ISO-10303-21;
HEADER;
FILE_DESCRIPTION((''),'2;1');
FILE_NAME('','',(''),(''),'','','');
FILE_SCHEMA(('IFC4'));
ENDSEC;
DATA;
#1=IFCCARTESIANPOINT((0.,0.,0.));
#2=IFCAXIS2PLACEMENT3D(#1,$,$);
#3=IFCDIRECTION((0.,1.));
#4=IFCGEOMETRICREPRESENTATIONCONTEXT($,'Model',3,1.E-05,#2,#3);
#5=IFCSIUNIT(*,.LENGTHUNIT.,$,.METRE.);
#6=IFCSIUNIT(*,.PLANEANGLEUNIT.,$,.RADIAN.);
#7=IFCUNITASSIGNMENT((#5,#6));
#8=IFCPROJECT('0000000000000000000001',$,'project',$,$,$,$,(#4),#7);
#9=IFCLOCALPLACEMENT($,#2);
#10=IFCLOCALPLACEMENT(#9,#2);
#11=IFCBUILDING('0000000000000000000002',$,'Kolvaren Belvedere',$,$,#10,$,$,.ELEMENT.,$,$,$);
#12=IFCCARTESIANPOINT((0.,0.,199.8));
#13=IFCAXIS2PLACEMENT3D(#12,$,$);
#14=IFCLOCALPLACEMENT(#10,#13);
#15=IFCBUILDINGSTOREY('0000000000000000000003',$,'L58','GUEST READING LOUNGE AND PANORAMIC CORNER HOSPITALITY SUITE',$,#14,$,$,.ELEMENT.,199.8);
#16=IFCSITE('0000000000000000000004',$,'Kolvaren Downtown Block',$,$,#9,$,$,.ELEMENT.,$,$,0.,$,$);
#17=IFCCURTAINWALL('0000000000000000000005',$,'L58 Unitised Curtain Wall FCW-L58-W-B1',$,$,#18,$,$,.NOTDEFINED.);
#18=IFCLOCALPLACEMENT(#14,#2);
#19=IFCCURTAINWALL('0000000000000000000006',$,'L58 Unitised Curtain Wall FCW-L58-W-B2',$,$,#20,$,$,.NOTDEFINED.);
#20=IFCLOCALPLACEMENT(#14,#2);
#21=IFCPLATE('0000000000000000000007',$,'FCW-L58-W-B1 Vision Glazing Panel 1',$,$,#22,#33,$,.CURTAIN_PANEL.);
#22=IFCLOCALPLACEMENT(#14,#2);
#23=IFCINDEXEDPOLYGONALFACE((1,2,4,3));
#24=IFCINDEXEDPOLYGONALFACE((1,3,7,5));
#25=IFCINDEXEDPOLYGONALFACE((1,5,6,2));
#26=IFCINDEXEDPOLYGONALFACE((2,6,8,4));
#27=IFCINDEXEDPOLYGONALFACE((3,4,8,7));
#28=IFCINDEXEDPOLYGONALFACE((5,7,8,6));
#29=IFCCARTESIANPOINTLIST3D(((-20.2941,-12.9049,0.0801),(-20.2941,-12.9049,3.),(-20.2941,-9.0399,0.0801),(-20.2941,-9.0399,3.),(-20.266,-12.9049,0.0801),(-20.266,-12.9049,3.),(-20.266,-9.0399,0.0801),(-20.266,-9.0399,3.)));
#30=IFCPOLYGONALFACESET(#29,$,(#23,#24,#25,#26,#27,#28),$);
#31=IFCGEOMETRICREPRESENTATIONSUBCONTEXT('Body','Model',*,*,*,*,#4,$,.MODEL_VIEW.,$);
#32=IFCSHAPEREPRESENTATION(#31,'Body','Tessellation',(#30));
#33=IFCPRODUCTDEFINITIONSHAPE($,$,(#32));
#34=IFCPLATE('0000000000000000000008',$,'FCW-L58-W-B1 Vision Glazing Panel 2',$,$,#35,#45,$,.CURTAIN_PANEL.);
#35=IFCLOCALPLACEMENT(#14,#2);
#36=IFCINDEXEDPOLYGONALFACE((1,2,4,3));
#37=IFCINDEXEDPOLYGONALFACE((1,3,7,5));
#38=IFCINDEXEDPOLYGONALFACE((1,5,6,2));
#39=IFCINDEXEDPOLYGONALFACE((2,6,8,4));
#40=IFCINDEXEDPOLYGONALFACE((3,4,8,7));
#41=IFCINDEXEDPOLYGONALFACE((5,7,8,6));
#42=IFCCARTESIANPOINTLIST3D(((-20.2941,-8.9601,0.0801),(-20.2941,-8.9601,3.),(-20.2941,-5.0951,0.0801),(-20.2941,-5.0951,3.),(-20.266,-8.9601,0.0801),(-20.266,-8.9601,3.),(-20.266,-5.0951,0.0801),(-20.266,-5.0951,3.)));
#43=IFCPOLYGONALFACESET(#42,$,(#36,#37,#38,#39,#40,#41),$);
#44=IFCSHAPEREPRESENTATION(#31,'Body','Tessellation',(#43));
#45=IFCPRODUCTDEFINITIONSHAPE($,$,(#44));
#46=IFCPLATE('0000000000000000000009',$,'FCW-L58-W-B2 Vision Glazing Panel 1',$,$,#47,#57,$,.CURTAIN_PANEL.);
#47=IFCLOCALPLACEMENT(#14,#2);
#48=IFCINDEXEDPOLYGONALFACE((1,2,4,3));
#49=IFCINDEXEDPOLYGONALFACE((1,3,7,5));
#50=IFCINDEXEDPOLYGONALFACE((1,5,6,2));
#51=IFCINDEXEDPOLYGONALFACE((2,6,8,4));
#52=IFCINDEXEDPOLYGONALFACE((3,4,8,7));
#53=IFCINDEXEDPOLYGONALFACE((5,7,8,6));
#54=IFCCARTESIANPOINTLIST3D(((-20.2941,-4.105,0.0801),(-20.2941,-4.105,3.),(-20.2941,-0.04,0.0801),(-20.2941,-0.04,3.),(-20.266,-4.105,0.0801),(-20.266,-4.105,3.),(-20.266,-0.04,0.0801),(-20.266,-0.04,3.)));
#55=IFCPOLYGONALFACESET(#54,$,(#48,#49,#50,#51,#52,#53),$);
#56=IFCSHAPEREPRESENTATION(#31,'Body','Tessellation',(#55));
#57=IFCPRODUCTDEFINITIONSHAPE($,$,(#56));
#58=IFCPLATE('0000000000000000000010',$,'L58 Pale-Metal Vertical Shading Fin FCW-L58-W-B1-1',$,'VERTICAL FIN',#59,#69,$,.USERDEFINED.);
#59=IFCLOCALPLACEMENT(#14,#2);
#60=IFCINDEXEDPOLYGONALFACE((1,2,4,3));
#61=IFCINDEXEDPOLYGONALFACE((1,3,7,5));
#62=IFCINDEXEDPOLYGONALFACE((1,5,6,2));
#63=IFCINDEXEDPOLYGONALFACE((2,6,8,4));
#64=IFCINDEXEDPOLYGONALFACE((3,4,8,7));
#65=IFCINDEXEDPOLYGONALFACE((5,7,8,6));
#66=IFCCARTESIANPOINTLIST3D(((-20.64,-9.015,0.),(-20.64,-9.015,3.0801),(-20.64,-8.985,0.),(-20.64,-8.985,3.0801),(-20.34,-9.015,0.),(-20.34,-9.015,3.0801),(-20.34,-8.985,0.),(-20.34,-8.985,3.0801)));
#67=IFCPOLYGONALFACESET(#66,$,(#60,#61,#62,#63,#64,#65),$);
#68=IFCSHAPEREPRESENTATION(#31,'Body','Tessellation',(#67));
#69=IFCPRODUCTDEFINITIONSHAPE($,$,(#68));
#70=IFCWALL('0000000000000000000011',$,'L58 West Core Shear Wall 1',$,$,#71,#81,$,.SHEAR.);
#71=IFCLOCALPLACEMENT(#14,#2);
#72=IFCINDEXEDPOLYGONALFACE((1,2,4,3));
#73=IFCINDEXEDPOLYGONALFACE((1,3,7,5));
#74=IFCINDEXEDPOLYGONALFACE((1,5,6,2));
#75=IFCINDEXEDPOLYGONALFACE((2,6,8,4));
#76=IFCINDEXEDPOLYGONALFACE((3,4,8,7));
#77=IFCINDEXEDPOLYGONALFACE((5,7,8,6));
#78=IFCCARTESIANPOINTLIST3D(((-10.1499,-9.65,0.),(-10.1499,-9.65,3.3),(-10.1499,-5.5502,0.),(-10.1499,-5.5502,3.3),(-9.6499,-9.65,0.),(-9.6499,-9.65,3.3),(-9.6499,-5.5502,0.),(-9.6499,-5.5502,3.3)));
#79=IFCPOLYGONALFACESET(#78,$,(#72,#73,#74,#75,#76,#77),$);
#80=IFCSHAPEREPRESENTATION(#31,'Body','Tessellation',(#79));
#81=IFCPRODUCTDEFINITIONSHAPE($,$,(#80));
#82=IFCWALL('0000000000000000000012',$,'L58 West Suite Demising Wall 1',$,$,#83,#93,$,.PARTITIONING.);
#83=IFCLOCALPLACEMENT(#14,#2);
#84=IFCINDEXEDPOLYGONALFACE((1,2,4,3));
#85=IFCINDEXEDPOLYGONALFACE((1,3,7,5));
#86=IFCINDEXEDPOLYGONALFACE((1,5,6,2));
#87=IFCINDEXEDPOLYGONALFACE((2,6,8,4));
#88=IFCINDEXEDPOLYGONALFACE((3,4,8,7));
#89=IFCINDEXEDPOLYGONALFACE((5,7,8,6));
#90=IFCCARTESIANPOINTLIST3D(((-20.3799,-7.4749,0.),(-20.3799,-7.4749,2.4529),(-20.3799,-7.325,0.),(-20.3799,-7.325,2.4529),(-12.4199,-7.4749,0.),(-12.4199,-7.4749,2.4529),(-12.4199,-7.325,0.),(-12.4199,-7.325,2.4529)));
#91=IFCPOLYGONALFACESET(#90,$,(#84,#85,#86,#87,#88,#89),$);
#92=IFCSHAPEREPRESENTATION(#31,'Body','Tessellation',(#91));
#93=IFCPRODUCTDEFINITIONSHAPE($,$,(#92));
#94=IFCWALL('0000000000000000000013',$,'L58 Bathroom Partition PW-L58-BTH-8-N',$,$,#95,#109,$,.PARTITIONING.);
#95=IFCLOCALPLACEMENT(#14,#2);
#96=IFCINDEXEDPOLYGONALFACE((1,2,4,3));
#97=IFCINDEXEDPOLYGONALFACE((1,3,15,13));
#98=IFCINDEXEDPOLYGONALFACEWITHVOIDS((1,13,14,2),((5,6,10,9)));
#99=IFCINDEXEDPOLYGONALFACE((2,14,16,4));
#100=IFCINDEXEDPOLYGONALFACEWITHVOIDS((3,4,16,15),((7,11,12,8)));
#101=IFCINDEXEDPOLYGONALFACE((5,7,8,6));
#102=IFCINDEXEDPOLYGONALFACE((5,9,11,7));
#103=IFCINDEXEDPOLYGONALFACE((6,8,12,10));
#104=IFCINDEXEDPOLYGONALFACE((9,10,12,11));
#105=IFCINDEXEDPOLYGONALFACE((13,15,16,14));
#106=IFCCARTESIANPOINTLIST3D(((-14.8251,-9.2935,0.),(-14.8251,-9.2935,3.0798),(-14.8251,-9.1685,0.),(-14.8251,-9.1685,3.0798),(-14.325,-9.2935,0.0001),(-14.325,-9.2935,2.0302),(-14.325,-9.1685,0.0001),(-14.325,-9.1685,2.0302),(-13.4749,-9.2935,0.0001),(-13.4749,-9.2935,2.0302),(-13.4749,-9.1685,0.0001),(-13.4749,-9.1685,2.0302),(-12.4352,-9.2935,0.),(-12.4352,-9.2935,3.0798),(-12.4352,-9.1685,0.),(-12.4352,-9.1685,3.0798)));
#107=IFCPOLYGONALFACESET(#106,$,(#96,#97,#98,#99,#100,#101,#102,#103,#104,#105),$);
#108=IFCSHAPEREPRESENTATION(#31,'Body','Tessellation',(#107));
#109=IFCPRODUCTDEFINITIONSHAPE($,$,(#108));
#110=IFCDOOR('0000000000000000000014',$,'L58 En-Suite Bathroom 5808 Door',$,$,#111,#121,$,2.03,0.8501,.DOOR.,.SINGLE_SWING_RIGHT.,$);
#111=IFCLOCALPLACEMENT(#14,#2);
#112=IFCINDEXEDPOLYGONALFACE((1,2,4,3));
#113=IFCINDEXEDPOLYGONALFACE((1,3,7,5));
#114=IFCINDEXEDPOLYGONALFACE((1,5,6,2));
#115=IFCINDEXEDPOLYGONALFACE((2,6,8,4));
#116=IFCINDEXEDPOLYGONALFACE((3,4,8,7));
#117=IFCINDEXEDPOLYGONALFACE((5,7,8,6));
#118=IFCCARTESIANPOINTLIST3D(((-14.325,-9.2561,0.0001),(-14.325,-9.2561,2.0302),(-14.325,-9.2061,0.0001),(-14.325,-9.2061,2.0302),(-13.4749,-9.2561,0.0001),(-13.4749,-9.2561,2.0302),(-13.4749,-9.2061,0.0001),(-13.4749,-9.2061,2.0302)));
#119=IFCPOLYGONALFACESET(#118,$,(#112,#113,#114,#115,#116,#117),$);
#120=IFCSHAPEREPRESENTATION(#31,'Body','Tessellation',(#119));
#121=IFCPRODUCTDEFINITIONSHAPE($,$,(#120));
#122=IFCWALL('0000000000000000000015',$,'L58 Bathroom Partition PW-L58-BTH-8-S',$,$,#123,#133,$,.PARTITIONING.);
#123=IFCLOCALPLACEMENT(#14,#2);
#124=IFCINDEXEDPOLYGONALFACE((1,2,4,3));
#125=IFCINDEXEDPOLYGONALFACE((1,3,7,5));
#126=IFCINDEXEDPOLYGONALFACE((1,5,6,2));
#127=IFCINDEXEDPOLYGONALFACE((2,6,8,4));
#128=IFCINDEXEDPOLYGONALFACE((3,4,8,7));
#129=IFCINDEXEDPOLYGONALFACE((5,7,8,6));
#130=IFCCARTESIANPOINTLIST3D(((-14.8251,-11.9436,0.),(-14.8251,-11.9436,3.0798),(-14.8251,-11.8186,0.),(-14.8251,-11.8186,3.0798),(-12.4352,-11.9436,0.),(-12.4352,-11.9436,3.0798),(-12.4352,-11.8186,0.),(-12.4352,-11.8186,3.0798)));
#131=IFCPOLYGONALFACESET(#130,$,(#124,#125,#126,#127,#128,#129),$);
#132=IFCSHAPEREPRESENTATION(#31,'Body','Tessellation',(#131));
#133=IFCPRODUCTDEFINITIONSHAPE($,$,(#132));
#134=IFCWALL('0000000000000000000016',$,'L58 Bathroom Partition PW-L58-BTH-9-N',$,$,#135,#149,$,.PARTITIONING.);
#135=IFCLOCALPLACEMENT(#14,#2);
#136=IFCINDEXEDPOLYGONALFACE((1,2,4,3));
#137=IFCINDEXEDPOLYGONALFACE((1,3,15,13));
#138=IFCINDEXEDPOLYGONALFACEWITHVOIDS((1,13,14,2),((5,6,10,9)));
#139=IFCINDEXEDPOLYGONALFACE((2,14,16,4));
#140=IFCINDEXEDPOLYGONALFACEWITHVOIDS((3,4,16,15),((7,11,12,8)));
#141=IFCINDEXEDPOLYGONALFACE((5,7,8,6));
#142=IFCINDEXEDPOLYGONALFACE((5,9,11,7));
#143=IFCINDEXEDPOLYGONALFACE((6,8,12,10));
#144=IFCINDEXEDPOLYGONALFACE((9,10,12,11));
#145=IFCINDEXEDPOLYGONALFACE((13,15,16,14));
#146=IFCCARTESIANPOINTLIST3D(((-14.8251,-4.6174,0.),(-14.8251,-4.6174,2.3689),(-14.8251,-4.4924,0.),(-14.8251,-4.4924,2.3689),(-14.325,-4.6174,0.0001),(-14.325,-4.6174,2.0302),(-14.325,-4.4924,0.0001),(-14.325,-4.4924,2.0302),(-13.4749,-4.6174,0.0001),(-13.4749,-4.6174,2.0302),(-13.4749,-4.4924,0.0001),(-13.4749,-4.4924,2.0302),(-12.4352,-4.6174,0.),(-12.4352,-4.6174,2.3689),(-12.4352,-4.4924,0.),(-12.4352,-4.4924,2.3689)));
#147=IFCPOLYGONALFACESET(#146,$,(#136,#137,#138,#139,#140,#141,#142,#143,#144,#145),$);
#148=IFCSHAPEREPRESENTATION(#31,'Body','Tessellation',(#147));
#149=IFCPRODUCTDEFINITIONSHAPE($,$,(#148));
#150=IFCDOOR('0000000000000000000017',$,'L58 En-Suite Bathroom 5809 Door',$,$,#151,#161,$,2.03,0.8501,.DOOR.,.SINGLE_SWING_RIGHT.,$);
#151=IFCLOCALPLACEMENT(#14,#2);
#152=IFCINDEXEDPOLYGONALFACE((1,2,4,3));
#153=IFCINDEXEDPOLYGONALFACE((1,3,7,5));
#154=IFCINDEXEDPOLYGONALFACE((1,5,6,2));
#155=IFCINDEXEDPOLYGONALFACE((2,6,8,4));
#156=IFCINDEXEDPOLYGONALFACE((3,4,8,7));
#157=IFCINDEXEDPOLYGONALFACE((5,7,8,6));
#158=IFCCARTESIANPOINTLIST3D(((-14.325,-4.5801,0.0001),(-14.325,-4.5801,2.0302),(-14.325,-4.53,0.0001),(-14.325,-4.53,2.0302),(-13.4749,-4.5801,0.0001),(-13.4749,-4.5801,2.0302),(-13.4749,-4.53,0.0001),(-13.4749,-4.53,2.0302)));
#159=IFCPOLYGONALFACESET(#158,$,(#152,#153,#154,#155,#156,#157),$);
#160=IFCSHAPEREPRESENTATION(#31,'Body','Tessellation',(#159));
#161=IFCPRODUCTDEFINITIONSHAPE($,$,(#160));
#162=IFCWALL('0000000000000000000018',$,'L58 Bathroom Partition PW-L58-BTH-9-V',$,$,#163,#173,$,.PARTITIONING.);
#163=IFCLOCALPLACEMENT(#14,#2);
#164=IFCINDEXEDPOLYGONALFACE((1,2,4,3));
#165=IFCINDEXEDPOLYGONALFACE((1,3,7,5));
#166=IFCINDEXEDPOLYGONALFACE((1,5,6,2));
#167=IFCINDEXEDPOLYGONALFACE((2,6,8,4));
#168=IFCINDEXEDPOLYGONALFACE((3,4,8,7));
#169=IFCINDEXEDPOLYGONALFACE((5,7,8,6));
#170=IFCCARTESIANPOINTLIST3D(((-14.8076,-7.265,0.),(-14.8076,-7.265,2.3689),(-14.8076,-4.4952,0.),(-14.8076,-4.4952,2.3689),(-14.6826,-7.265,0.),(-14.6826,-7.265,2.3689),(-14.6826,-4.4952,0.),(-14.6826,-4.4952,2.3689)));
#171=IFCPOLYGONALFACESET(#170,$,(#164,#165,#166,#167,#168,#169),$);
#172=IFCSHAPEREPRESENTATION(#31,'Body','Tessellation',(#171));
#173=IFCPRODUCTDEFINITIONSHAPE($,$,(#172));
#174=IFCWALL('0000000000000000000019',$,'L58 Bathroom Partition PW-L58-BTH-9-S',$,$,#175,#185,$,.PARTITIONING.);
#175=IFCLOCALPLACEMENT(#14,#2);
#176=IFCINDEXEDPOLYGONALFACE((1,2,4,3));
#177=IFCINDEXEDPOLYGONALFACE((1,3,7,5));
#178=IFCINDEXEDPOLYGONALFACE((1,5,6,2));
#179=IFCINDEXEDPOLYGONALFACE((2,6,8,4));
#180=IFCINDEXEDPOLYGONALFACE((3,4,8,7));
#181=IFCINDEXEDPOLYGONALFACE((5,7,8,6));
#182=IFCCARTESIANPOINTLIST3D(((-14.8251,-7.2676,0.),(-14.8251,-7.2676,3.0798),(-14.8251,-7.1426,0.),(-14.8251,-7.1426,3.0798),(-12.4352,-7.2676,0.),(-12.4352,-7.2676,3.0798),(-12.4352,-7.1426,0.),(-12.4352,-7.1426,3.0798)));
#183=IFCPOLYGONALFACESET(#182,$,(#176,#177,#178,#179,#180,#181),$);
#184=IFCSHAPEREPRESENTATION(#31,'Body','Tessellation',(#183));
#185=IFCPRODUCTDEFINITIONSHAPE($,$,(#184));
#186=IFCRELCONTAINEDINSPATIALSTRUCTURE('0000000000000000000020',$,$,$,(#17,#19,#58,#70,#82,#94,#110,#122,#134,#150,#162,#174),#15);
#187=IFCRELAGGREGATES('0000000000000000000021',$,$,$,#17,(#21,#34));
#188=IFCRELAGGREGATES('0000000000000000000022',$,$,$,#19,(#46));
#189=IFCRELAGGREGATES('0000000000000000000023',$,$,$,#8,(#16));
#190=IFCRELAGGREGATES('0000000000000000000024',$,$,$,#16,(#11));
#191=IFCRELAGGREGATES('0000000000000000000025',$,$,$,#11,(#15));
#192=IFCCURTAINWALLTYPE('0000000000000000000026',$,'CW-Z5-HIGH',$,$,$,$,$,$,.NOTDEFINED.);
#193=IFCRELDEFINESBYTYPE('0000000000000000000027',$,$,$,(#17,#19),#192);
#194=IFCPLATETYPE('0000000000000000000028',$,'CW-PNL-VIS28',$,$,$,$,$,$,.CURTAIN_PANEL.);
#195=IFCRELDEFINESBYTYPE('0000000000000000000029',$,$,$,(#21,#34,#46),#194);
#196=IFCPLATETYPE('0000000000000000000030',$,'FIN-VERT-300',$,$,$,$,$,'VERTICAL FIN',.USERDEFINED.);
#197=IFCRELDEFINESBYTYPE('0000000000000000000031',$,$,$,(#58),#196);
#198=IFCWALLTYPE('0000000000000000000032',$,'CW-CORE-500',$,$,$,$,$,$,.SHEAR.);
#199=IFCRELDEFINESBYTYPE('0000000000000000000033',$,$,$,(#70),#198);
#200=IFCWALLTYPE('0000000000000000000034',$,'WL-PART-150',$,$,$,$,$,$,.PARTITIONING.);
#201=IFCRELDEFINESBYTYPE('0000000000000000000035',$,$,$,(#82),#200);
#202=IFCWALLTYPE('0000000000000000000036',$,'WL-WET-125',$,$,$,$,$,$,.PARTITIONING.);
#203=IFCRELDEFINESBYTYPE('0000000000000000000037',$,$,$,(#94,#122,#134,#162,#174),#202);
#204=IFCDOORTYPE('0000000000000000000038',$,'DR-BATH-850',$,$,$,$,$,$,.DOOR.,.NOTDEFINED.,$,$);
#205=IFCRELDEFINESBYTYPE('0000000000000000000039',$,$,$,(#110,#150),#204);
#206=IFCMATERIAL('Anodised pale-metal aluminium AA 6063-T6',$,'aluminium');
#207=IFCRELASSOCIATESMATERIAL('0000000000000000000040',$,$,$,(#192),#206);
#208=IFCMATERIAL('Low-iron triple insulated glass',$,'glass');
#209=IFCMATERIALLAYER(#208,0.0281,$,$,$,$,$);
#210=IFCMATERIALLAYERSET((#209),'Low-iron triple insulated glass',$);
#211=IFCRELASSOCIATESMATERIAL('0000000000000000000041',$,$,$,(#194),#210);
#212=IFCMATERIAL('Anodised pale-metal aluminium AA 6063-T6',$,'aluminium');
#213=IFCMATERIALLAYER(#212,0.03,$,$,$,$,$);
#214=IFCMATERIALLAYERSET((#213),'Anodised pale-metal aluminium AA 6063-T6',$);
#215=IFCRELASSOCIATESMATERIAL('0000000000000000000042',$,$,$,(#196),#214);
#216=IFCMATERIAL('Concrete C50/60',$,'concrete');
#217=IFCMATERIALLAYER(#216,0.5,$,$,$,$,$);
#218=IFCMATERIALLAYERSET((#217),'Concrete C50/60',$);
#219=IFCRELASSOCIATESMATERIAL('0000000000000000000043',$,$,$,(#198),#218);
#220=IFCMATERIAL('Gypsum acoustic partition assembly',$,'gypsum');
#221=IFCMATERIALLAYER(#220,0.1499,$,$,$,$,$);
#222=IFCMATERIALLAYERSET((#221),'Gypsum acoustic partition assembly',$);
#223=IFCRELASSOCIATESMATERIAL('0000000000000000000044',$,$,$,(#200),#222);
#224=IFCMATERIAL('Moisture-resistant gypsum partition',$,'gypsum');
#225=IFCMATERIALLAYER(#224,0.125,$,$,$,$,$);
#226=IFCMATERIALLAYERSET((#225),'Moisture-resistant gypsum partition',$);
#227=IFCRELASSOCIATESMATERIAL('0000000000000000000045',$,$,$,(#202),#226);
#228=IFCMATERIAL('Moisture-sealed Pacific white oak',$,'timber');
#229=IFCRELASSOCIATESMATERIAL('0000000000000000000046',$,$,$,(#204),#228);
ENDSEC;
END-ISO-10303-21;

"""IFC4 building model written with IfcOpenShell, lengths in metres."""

from ifc_helpers import new_model, si_unit, direction, frame, frame_2d, origin, origin_2d, place, context, subcontext, project, spatial, rectangle, extrude, material, layer, layer_set, type_object, element, fill, aggregate, save


model = new_model("IFC4")

# Units and contexts
model_context = context("Model", 3, precision=1e-05, world=origin(), true_north=direction((0.0, 1.0)))
body_context = subcontext(model_context, "Body", "Model", "MODEL_VIEW")
ifc_project = project(units=[si_unit("LENGTHUNIT", "METRE"), si_unit("PLANEANGLEUNIT", "RADIAN")], contexts=[model_context])

# Site, building, storey
site_placement = place(None, origin())
site = spatial("IfcSite", under=ifc_project, at=site_placement, Name="Kolvaren Downtown Block", CompositionType="ELEMENT", RefElevation=0.0)
building_placement = place(site_placement, origin())
building = spatial("IfcBuilding", under=site, at=building_placement, Name="Kolvaren Belvedere", CompositionType="ELEMENT")
storey_placement = place(building_placement, frame((0.0, 0.0, 199.8)))
storey = spatial("IfcBuildingStorey", under=building, at=storey_placement, Name="L58", Description="GUEST READING LOUNGE AND PANORAMIC CORNER HOSPITALITY SUITE", CompositionType="ELEMENT", Elevation=199.8)

# Curtain walls
ifc_material_1 = material(Name="Anodised pale-metal aluminium AA 6063-T6", Category="aluminium")
curtain_wall_type = type_object("IfcCurtainWallType", Name="CW-Z5-HIGH", PredefinedType="NOTDEFINED", material=ifc_material_1)
curtain_wall_1_placement = place(storey_placement, origin())
curtain_wall_1 = element("IfcCurtainWall", 1, at=curtain_wall_1_placement, inside=storey, type_object=curtain_wall_type, Name="L58 Unitised Curtain Wall FCW-L58-W-B1", PredefinedType="NOTDEFINED")
curtain_wall_2_placement = place(storey_placement, origin())
curtain_wall_2 = element("IfcCurtainWall", 2, at=curtain_wall_2_placement, inside=storey, type_object=curtain_wall_type, Name="L58 Unitised Curtain Wall FCW-L58-W-B2", PredefinedType="NOTDEFINED")

# Plates
ifc_material_2 = material(Name="Low-iron triple insulated glass", Category="glass")
ifc_layer_1 = layer(ifc_material_2, 0.0281)
ifc_layer_set_1 = layer_set([ifc_layer_1], Name="Low-iron triple insulated glass")
plate_type_1 = type_object("IfcPlateType", Name="CW-PNL-VIS28", PredefinedType="CURTAIN_PANEL", material=ifc_layer_set_1)
plate_1_placement = place(storey_placement, frame((-20.28, -10.9724, 0.0801), z_axis=(0.0, 0.0, 1.0), x_axis=(0.0, 1.0, 0.0)))
plate_1 = element("IfcPlate", 3, at=plate_1_placement, type_object=plate_type_1, Name="FCW-L58-W-B1 Vision Glazing Panel 1", PredefinedType="CURTAIN_PANEL", context=body_context, shape_type="SweptSolid", body=[
    extrude(rectangle(XDim=3.865, YDim=0.0281, at=origin_2d()), origin(), (0.0, 0.0, 1.0), 2.9199),
])
plate_2_placement = place(storey_placement, frame((-20.28, -7.0276, 0.0801), z_axis=(0.0, 0.0, 1.0), x_axis=(0.0, 1.0, 0.0)))
plate_2 = element("IfcPlate", 4, at=plate_2_placement, type_object=plate_type_1, Name="FCW-L58-W-B1 Vision Glazing Panel 2", PredefinedType="CURTAIN_PANEL", context=body_context, shape_type="SweptSolid", body=[
    extrude(rectangle(XDim=3.865, YDim=0.0281, at=origin_2d()), origin(), (0.0, 0.0, 1.0), 2.9199),
])
aggregate(curtain_wall_1, [plate_1, plate_2])
plate_3_placement = place(storey_placement, frame((-20.28, -2.0725, 0.0801), z_axis=(0.0, 0.0, 1.0), x_axis=(0.0, 1.0, 0.0)))
plate_3 = element("IfcPlate", 5, at=plate_3_placement, type_object=plate_type_1, Name="FCW-L58-W-B2 Vision Glazing Panel 1", PredefinedType="CURTAIN_PANEL", context=body_context, shape_type="SweptSolid", body=[
    extrude(rectangle(XDim=4.0649, YDim=0.0281, at=origin_2d()), origin(), (0.0, 0.0, 1.0), 2.9199),
])
aggregate(curtain_wall_2, [plate_3])
ifc_material_3 = material(Name="Anodised pale-metal aluminium AA 6063-T6", Category="aluminium")
ifc_layer_2 = layer(ifc_material_3, 0.03)
ifc_layer_set_2 = layer_set([ifc_layer_2], Name="Anodised pale-metal aluminium AA 6063-T6")
plate_type_2 = type_object("IfcPlateType", Name="FIN-VERT-300", ElementType="VERTICAL FIN", PredefinedType="USERDEFINED", material=ifc_layer_set_2)
plate_4_placement = place(storey_placement, frame((-20.49, -9.0, 0.0), z_axis=(0.0, 0.0, 1.0), x_axis=(1.0, 0.0, 0.0)))
element("IfcPlate", 6, at=plate_4_placement, inside=storey, type_object=plate_type_2, Name="L58 Pale-Metal Vertical Shading Fin FCW-L58-W-B1-1", ObjectType="VERTICAL FIN", PredefinedType="USERDEFINED", context=body_context, shape_type="SweptSolid", body=[
    extrude(rectangle(XDim=0.3, YDim=0.03, at=origin_2d()), origin(), (0.0, 0.0, 1.0), 3.0801),
])

# Walls
ifc_material_4 = material(Name="Concrete C50/60", Category="concrete")
ifc_layer_3 = layer(ifc_material_4, 0.5)
ifc_layer_set_3 = layer_set([ifc_layer_3], Name="Concrete C50/60")
wall_type_1 = type_object("IfcWallType", Name="CW-CORE-500", PredefinedType="SHEAR", material=ifc_layer_set_3)
wall_1_placement = place(storey_placement, frame((-9.8999, -9.6499, 0.0), z_axis=(0.0, 0.0, 1.0), x_axis=(0.0, 1.0, 0.0)))
element("IfcWall", 7, at=wall_1_placement, inside=storey, type_object=wall_type_1, Name="L58 West Core Shear Wall 1", PredefinedType="SHEAR", context=body_context, shape_type="SweptSolid", body=[
    extrude(rectangle(XDim=4.0999, YDim=0.5, at=frame_2d((2.0498, 0.0))), origin(), (0.0, 0.0, 1.0), 3.3),
])
ifc_material_5 = material(Name="Gypsum acoustic partition assembly", Category="gypsum")
ifc_layer_4 = layer(ifc_material_5, 0.1499)
ifc_layer_set_4 = layer_set([ifc_layer_4], Name="Gypsum acoustic partition assembly")
wall_type_2 = type_object("IfcWallType", Name="WL-PART-150", PredefinedType="PARTITIONING", material=ifc_layer_set_4)
wall_2_placement = place(storey_placement, frame((-20.3799, -7.3999, 0.0), z_axis=(0.0, 0.0, 1.0), x_axis=(1.0, 0.0, 0.0)))
element("IfcWall", 8, at=wall_2_placement, inside=storey, type_object=wall_type_2, Name="L58 West Suite Demising Wall 1", PredefinedType="PARTITIONING", context=body_context, shape_type="SweptSolid", body=[
    extrude(rectangle(XDim=7.96, YDim=0.1499, at=frame_2d((3.98, 0.0))), origin(), (0.0, 0.0, 1.0), 2.4529),
])

# Wall, opening, door
ifc_material_6 = material(Name="Moisture-resistant gypsum partition", Category="gypsum")
ifc_layer_5 = layer(ifc_material_6, 0.125)
ifc_layer_set_5 = layer_set([ifc_layer_5], Name="Moisture-resistant gypsum partition")
wall_type_3 = type_object("IfcWallType", Name="WL-WET-125", PredefinedType="PARTITIONING", material=ifc_layer_set_5)
wall_3_placement = place(storey_placement, frame((-14.825, -9.231, 0.0), z_axis=(0.0, 0.0, 1.0), x_axis=(1.0, 0.0, 0.0)))
wall_3 = element("IfcWall", 9, at=wall_3_placement, inside=storey, type_object=wall_type_3, Name="L58 Bathroom Partition PW-L58-BTH-8-N", PredefinedType="PARTITIONING", context=body_context, shape_type="SweptSolid", body=[
    extrude(rectangle(XDim=2.3899, YDim=0.125, at=frame_2d((1.1948, 0.0))), origin(), (0.0, 0.0, 1.0), 3.0798),
])
opening_1_placement = place(wall_3_placement, frame((0.5, 0.0, 0.0)))
opening_1 = element("IfcOpeningElement", 10, at=opening_1_placement, cuts=wall_3, PredefinedType="OPENING", context=body_context, shape_type="SweptSolid", body=[
    extrude(rectangle(XDim=0.8501, YDim=2.03, at=frame_2d((0.425, 1.0151))), frame((0.0, 0.0725, 0.0), z_axis=(0.0, -1.0, 0.0), x_axis=(1.0, 0.0, 0.0)), (0.0, 0.0, 1.0), 0.145),
])
ifc_material_7 = material(Name="Moisture-sealed Pacific white oak", Category="timber")
door_type = type_object("IfcDoorType", Name="DR-BATH-850", OperationType="NOTDEFINED", PredefinedType="DOOR", material=ifc_material_7)
door_1_placement = place(opening_1_placement, origin())
door_1 = element("IfcDoor", 11, at=door_1_placement, inside=storey, type_object=door_type, Name="L58 En-Suite Bathroom 5808 Door", OperationType="SINGLE_SWING_RIGHT", OverallHeight=2.03, OverallWidth=0.8501, PredefinedType="DOOR", context=body_context, shape_type="SweptSolid", body=[
    extrude(rectangle(XDim=0.8501, YDim=2.03, at=frame_2d((0.425, 1.0151))), frame((0.0, 0.0249, 0.0), z_axis=(0.0, -1.0, 0.0), x_axis=(1.0, 0.0, 0.0)), (0.0, 0.0, 1.0), 0.05),
])
fill(opening_1, door_1)

# Wall
wall_4_placement = place(storey_placement, frame((-14.825, -11.8811, 0.0), z_axis=(0.0, 0.0, 1.0), x_axis=(1.0, 0.0, 0.0)))
element("IfcWall", 12, at=wall_4_placement, inside=storey, type_object=wall_type_3, Name="L58 Bathroom Partition PW-L58-BTH-8-S", PredefinedType="PARTITIONING", context=body_context, shape_type="SweptSolid", body=[
    extrude(rectangle(XDim=2.3899, YDim=0.125, at=frame_2d((1.1948, 0.0))), origin(), (0.0, 0.0, 1.0), 3.0798),
])

# Wall, opening, door
wall_5_placement = place(storey_placement, frame((-14.825, -4.5549, 0.0), z_axis=(0.0, 0.0, 1.0), x_axis=(1.0, 0.0, 0.0)))
wall_5 = element("IfcWall", 13, at=wall_5_placement, inside=storey, type_object=wall_type_3, Name="L58 Bathroom Partition PW-L58-BTH-9-N", PredefinedType="PARTITIONING", context=body_context, shape_type="SweptSolid", body=[
    extrude(rectangle(XDim=2.3899, YDim=0.125, at=frame_2d((1.1948, 0.0))), origin(), (0.0, 0.0, 1.0), 2.3689),
])
opening_2_placement = place(wall_5_placement, frame((0.5, 0.0, 0.0)))
opening_2 = element("IfcOpeningElement", 14, at=opening_2_placement, cuts=wall_5, PredefinedType="OPENING", context=body_context, shape_type="SweptSolid", body=[
    extrude(rectangle(XDim=0.8501, YDim=2.03, at=frame_2d((0.425, 1.0151))), frame((0.0, 0.0725, 0.0), z_axis=(0.0, -1.0, 0.0), x_axis=(1.0, 0.0, 0.0)), (0.0, 0.0, 1.0), 0.145),
])
door_2_placement = place(opening_2_placement, origin())
door_2 = element("IfcDoor", 15, at=door_2_placement, inside=storey, type_object=door_type, Name="L58 En-Suite Bathroom 5809 Door", OperationType="SINGLE_SWING_RIGHT", OverallHeight=2.03, OverallWidth=0.8501, PredefinedType="DOOR", context=body_context, shape_type="SweptSolid", body=[
    extrude(rectangle(XDim=0.8501, YDim=2.03, at=frame_2d((0.425, 1.0151))), frame((0.0, 0.0249, 0.0), z_axis=(0.0, -1.0, 0.0), x_axis=(1.0, 0.0, 0.0)), (0.0, 0.0, 1.0), 0.05),
])
fill(opening_2, door_2)

# Walls
wall_6_placement = place(storey_placement, frame((-14.7451, -7.2649, 0.0), z_axis=(0.0, 0.0, 1.0), x_axis=(0.0, 1.0, 0.0)))
element("IfcWall", 16, at=wall_6_placement, inside=storey, type_object=wall_type_3, Name="L58 Bathroom Partition PW-L58-BTH-9-V", PredefinedType="PARTITIONING", context=body_context, shape_type="SweptSolid", body=[
    extrude(rectangle(XDim=2.7698, YDim=0.125, at=frame_2d((1.3848, 0.0))), origin(), (0.0, 0.0, 1.0), 2.3689),
])
wall_7_placement = place(storey_placement, frame((-14.825, -7.2051, 0.0), z_axis=(0.0, 0.0, 1.0), x_axis=(1.0, 0.0, 0.0)))
element("IfcWall", 17, at=wall_7_placement, inside=storey, type_object=wall_type_3, Name="L58 Bathroom Partition PW-L58-BTH-9-S", PredefinedType="PARTITIONING", context=body_context, shape_type="SweptSolid", body=[
    extrude(rectangle(XDim=2.3899, YDim=0.125, at=frame_2d((1.1948, 0.0))), origin(), (0.0, 0.0, 1.0), 3.0798),
])

save(model, "model.ifc")
